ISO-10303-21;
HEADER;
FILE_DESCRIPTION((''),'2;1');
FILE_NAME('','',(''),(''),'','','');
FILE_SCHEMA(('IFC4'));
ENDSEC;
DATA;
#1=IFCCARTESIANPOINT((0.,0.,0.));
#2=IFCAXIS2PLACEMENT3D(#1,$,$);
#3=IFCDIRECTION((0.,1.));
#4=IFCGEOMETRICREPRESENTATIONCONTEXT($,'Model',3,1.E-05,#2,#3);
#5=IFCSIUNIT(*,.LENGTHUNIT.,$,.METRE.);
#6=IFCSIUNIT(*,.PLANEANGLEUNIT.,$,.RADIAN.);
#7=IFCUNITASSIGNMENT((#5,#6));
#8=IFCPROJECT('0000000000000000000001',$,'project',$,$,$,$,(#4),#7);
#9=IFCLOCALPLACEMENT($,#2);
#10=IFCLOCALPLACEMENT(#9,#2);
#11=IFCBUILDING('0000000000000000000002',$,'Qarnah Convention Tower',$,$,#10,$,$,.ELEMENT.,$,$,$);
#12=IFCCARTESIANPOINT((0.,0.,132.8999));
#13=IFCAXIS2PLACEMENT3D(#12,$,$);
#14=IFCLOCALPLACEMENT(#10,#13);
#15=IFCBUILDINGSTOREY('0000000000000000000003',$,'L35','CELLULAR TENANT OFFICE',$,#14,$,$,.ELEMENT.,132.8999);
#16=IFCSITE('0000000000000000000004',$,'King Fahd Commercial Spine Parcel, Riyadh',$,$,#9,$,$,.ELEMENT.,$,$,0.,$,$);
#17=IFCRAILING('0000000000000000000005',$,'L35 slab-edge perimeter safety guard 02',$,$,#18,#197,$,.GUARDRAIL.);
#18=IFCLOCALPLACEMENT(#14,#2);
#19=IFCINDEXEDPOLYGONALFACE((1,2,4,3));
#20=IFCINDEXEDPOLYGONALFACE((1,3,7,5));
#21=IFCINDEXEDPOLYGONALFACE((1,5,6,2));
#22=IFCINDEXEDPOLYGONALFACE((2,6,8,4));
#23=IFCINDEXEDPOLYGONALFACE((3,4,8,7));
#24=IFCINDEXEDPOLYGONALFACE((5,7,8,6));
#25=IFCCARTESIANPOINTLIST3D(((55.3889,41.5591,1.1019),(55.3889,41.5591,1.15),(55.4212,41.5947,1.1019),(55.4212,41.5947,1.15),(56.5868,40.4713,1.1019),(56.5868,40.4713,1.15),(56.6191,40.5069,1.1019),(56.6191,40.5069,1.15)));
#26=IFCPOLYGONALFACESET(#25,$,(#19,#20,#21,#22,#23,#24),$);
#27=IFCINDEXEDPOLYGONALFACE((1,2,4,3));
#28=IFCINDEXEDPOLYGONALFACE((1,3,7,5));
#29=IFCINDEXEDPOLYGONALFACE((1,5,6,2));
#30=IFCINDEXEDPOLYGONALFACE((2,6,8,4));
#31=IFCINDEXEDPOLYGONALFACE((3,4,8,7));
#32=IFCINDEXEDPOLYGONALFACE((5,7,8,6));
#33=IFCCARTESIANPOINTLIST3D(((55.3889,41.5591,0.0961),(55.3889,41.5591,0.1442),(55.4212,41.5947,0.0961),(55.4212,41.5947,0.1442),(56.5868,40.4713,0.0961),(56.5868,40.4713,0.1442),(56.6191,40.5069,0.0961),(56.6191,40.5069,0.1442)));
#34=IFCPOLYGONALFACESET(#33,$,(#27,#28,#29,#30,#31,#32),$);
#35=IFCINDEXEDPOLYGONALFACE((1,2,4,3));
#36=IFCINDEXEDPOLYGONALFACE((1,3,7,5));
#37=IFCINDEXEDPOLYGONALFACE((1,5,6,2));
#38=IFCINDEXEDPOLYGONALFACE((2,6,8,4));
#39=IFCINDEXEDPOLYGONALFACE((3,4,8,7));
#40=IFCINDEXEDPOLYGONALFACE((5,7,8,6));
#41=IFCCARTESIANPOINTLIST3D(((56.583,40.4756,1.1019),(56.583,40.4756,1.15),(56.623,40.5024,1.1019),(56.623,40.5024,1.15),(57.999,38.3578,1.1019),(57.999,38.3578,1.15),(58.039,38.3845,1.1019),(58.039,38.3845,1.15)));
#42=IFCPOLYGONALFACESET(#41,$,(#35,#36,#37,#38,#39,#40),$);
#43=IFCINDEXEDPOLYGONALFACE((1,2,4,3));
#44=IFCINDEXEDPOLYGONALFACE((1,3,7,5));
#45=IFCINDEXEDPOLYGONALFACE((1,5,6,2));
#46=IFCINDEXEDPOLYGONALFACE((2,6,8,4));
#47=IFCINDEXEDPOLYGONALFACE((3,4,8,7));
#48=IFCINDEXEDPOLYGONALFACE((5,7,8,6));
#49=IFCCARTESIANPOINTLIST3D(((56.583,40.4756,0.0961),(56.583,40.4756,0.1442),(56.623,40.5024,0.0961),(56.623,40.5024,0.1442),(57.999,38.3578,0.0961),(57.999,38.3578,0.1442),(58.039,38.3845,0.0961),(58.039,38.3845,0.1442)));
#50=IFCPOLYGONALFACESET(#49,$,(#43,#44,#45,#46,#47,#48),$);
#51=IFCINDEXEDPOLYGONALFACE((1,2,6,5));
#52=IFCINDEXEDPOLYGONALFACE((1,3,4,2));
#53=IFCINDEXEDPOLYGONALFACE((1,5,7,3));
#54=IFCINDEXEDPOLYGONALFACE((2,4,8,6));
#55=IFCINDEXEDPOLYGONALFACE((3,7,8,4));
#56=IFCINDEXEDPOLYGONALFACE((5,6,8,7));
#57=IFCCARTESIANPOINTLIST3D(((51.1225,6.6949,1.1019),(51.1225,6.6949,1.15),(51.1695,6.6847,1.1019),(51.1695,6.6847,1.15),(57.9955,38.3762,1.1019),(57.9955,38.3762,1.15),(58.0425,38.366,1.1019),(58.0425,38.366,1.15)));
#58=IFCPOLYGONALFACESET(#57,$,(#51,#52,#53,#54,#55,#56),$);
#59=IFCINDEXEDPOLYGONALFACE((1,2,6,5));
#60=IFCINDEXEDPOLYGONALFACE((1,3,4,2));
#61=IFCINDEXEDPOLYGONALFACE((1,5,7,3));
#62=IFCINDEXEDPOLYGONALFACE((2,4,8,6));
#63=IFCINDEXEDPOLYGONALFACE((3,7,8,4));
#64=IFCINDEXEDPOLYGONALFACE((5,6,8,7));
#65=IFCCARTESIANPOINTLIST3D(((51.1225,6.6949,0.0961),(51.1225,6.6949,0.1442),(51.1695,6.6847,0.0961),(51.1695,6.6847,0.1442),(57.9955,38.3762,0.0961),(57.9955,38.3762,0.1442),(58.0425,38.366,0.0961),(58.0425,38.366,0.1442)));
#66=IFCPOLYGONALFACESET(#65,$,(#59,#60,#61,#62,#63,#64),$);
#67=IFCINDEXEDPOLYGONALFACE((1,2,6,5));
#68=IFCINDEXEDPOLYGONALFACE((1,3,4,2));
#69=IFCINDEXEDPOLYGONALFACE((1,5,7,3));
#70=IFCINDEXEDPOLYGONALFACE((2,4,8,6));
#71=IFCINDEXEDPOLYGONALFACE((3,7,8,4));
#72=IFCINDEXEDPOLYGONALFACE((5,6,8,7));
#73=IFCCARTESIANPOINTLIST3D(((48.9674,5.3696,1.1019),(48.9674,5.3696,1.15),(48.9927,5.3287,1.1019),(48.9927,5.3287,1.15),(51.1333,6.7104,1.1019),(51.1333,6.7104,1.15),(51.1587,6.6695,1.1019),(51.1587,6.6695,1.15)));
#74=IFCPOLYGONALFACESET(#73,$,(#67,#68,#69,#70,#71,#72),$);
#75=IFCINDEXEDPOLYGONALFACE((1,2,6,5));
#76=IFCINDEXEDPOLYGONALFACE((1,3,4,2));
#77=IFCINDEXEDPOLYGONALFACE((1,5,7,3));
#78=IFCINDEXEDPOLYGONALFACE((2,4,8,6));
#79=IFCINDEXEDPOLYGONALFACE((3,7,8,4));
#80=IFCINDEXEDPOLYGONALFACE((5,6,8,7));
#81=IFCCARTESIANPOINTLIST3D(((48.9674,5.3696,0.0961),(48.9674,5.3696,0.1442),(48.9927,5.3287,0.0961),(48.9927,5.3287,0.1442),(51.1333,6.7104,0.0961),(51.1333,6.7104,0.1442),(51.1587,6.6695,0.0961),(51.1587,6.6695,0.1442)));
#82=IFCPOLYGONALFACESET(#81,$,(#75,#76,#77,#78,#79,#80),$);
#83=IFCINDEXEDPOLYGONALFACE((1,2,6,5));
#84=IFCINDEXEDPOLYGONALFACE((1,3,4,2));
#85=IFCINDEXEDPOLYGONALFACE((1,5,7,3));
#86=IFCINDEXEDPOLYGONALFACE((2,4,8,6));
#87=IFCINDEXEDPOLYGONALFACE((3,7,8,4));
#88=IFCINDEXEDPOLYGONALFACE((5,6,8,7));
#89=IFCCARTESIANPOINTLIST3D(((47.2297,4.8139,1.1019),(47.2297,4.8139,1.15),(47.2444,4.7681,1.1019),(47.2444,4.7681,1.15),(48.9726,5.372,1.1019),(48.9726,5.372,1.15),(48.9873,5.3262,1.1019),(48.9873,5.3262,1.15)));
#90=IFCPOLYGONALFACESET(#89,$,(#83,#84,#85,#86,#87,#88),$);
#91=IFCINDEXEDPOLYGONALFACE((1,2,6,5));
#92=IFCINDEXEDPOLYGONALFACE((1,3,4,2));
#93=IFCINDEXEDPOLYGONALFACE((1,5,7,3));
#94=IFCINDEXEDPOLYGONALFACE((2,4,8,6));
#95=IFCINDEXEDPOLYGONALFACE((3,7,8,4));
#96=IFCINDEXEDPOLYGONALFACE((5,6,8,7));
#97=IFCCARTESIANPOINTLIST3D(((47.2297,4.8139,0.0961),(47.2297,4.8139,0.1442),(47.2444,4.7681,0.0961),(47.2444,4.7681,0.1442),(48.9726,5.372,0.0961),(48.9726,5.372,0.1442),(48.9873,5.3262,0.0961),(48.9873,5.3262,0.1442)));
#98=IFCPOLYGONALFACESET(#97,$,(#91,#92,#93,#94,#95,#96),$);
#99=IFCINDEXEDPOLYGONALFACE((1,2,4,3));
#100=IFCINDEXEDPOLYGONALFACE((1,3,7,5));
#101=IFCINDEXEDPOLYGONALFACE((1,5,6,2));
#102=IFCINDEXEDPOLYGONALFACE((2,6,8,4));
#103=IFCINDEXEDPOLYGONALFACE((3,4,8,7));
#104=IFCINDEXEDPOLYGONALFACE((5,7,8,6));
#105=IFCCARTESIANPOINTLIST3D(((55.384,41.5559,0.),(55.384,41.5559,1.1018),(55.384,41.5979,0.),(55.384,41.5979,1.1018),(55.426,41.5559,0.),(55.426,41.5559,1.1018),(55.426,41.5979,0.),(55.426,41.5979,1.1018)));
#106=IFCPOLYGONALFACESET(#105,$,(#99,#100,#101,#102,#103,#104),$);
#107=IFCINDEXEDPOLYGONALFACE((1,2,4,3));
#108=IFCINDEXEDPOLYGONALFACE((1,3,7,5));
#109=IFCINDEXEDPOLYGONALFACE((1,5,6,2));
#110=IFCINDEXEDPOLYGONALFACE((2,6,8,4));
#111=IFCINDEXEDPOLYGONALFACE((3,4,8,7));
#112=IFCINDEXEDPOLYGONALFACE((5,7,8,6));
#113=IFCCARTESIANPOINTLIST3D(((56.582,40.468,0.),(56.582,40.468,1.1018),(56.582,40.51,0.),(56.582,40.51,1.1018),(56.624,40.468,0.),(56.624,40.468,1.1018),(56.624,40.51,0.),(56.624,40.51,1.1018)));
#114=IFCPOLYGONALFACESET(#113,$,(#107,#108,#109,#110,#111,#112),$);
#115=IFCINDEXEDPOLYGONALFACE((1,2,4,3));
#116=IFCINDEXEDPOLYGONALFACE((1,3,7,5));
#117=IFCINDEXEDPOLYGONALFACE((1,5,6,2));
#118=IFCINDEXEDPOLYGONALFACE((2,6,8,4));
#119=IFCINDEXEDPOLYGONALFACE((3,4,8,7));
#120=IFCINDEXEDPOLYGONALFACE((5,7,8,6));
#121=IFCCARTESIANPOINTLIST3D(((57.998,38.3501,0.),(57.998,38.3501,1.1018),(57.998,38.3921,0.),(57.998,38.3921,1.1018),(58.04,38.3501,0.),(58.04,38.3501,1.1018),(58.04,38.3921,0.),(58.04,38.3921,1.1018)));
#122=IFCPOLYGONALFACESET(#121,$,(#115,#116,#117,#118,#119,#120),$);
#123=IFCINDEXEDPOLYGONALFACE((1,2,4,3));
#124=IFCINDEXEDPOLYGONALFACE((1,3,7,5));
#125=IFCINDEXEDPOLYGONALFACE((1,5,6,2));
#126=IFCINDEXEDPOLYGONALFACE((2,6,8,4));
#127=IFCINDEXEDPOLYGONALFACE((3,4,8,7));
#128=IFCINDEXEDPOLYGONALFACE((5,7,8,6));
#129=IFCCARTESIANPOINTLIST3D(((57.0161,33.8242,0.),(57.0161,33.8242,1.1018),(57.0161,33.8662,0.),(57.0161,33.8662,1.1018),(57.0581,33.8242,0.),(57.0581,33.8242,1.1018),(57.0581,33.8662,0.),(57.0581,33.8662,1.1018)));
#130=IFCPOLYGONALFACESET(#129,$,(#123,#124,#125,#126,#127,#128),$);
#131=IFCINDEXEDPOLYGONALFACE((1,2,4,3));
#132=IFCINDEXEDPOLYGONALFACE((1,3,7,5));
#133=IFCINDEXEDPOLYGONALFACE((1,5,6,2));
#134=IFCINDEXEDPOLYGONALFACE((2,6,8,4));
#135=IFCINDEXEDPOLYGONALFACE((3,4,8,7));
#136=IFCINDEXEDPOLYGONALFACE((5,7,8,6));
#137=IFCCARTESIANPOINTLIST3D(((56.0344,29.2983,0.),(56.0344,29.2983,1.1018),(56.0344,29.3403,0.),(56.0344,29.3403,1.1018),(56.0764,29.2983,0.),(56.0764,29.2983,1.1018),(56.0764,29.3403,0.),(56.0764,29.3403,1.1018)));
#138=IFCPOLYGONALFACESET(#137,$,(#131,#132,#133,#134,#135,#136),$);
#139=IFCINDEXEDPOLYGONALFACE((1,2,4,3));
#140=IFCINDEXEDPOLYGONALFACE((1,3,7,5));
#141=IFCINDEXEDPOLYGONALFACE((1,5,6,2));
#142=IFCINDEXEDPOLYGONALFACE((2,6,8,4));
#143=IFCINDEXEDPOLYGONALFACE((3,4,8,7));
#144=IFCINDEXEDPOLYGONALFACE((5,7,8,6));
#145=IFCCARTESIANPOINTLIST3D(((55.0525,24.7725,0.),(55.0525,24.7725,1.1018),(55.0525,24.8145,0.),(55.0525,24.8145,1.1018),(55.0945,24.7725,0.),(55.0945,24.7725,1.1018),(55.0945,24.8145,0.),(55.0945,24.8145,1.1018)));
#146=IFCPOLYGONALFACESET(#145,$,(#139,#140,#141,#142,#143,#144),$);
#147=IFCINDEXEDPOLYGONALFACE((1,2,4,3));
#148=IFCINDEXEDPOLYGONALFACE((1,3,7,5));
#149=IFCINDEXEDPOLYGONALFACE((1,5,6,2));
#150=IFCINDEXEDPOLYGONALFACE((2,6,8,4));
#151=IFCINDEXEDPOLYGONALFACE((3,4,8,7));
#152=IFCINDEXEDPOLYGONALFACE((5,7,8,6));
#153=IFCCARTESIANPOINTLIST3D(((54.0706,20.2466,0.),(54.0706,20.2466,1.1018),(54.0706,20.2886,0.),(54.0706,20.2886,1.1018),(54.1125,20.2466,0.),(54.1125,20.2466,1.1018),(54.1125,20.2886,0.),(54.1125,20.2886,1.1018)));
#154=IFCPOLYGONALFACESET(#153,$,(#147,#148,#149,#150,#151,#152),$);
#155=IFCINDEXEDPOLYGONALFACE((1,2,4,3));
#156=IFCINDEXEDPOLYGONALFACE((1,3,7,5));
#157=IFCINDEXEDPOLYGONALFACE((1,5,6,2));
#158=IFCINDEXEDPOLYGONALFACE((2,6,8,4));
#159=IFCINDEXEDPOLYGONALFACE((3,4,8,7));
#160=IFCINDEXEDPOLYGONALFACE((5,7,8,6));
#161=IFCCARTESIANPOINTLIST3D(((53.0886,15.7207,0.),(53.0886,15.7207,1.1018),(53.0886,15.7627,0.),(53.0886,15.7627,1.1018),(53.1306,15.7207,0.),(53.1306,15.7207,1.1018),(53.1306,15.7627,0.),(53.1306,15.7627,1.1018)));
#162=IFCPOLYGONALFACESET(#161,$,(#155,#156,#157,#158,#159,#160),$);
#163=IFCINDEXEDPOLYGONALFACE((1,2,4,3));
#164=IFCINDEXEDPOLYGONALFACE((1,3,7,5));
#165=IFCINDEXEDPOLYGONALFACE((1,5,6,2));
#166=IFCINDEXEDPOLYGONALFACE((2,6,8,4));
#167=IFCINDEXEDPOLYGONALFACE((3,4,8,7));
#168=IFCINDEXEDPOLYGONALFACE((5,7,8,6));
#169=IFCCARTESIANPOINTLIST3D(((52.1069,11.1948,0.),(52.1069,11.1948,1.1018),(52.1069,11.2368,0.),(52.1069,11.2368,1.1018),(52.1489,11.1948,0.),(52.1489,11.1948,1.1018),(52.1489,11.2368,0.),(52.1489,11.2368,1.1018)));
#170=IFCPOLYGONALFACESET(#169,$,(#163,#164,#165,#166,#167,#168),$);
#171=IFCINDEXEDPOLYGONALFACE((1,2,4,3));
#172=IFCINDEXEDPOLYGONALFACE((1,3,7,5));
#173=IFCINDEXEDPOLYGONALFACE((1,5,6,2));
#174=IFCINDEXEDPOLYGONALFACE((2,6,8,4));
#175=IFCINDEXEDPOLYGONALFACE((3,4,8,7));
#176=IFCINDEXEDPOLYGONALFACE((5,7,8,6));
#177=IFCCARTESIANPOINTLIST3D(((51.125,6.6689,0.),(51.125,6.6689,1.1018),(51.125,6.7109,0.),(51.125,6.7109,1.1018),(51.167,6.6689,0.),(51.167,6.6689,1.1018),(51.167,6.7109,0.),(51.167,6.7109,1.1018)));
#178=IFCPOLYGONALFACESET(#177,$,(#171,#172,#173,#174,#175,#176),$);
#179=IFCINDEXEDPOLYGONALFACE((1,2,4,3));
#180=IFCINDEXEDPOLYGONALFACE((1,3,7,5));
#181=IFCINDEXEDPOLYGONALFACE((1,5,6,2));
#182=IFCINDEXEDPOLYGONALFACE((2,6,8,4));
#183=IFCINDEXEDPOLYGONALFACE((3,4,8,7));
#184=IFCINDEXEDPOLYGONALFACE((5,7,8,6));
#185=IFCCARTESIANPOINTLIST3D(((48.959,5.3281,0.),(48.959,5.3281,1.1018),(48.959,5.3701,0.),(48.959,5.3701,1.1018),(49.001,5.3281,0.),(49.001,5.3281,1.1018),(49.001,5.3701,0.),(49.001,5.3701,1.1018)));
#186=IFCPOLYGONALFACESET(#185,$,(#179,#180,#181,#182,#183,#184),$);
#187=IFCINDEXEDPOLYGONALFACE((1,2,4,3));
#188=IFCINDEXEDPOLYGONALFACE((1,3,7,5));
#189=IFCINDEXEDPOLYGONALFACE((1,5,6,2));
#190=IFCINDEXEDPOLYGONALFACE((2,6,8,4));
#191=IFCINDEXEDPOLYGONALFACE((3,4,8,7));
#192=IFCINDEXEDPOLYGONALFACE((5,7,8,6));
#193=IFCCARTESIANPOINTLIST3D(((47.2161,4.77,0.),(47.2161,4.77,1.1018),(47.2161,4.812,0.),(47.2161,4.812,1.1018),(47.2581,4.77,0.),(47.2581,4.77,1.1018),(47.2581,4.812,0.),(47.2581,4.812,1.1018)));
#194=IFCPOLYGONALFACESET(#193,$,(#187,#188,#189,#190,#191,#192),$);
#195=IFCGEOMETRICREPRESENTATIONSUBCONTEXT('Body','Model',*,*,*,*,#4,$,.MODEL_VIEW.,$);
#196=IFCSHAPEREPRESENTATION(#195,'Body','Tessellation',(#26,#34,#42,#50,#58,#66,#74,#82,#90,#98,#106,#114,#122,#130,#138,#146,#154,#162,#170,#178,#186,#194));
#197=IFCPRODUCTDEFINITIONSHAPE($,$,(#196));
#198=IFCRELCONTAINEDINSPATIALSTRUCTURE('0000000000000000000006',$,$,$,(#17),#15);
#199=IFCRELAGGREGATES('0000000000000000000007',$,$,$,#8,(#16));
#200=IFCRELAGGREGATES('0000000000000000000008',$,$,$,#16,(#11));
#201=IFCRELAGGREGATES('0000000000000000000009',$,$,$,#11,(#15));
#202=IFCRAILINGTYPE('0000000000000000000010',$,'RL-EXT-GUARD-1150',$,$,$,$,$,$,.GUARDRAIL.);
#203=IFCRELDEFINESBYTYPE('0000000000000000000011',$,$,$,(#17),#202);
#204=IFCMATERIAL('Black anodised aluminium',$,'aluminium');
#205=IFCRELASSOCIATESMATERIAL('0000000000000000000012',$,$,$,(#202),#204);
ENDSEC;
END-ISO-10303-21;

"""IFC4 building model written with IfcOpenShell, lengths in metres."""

from ifc_helpers import new_model, si_unit, direction, frame, origin, origin_2d, place, context, subcontext, project, spatial, rectangle, extrude, material, type_object, element, save


model = new_model("IFC4")

# Units and contexts
model_context = context("Model", 3, precision=1e-05, world=origin(), true_north=direction((0.0, 1.0)))
body_context = subcontext(model_context, "Body", "Model", "MODEL_VIEW")
ifc_project = project(units=[si_unit("LENGTHUNIT", "METRE"), si_unit("PLANEANGLEUNIT", "RADIAN")], contexts=[model_context])

# Site, building, storey
site_placement = place(None, origin())
site = spatial("IfcSite", under=ifc_project, at=site_placement, Name="King Fahd Commercial Spine Parcel, Riyadh", CompositionType="ELEMENT", RefElevation=0.0)
building_placement = place(site_placement, origin())
building = spatial("IfcBuilding", under=site, at=building_placement, Name="Qarnah Convention Tower", CompositionType="ELEMENT")
storey_placement = place(building_placement, frame((0.0, 0.0, 132.8999)))
storey = spatial("IfcBuildingStorey", under=building, at=storey_placement, Name="L35", Description="CELLULAR TENANT OFFICE", CompositionType="ELEMENT", Elevation=132.8999)

# Shared definitions
ifc_material_1 = material(Name="Black anodised aluminium", Category="aluminium")

# Railing
railing_type = type_object("IfcRailingType", Name="RL-EXT-GUARD-1150", PredefinedType="GUARDRAIL", material=ifc_material_1)
railing_1_placement = place(storey_placement, frame((55.405, 41.5769, 0.0)))
element("IfcRailing", 1, at=railing_1_placement, inside=storey, type_object=railing_type, Name="L35 slab-edge perimeter safety guard 02", PredefinedType="GUARDRAIL", context=body_context, shape_type="SweptSolid", body=[
    extrude(rectangle(XDim=0.0481, YDim=0.0481, at=origin_2d()), frame((0.0, 0.0, 1.126), z_axis=(0.740309, -0.672267, 0.0), x_axis=(0.672267, 0.740309, 0.0)), (0.0, 0.0, 1.0), 1.6182),
    extrude(rectangle(XDim=0.0481, YDim=0.0481, at=origin_2d()), frame((0.0, 0.0, 0.1201), z_axis=(0.740309, -0.672267, 0.0), x_axis=(0.672267, 0.740309, 0.0)), (0.0, 0.0, 1.0), 1.6182),
    extrude(rectangle(XDim=0.0481, YDim=0.0481, at=origin_2d()), frame((1.198, -1.0879, 1.126), z_axis=(0.555805, -0.831312, 0.0), x_axis=(0.831312, 0.555805, 0.0)), (0.0, 0.0, 1.0), 2.5476),
    extrude(rectangle(XDim=0.0481, YDim=0.0481, at=origin_2d()), frame((1.198, -1.0879, 0.1201), z_axis=(0.555805, -0.831312, 0.0), x_axis=(0.831312, 0.555805, 0.0)), (0.0, 0.0, 1.0), 2.5476),
    extrude(rectangle(XDim=0.0481, YDim=0.0481, at=origin_2d()), frame((2.614, -3.2058, 1.126), z_axis=(-0.212013, -0.977267, 0.0), x_axis=(0.977267, -0.212013, 0.0)), (0.0, 0.0, 1.0), 32.4182),
    extrude(rectangle(XDim=0.0481, YDim=0.0481, at=origin_2d()), frame((2.614, -3.2058, 0.1201), z_axis=(-0.212013, -0.977267, 0.0), x_axis=(0.977267, -0.212013, 0.0)), (0.0, 0.0, 1.0), 32.4182),
    extrude(rectangle(XDim=0.0481, YDim=0.0481, at=origin_2d()), frame((-4.259, -34.887, 1.126), z_axis=(-0.850273, -0.526341, 0.0), x_axis=(0.526341, -0.850273, 0.0)), (0.0, 0.0, 1.0), 2.5474),
    extrude(rectangle(XDim=0.0481, YDim=0.0481, at=origin_2d()), frame((-4.259, -34.887, 0.1201), z_axis=(-0.850273, -0.526341, 0.0), x_axis=(0.526341, -0.850273, 0.0)), (0.0, 0.0, 1.0), 2.5474),
    extrude(rectangle(XDim=0.0481, YDim=0.0481, at=origin_2d()), frame((-6.425, -36.2278, 1.126), z_axis=(-0.952365, -0.30496, 0.0), x_axis=(0.30496, -0.952365, 0.0)), (0.0, 0.0, 1.0), 1.8301),
    extrude(rectangle(XDim=0.0481, YDim=0.0481, at=origin_2d()), frame((-6.425, -36.2278, 0.1201), z_axis=(-0.952365, -0.30496, 0.0), x_axis=(0.30496, -0.952365, 0.0)), (0.0, 0.0, 1.0), 1.8301),
    extrude(rectangle(XDim=0.042, YDim=0.042, at=origin_2d()), origin(), (0.0, 0.0, 1.0), 1.1018),
    extrude(rectangle(XDim=0.042, YDim=0.042, at=origin_2d()), frame((1.198, -1.0879, 0.0)), (0.0, 0.0, 1.0), 1.1018),
    extrude(rectangle(XDim=0.042, YDim=0.042, at=origin_2d()), frame((2.614, -3.2058, 0.0)), (0.0, 0.0, 1.0), 1.1018),
    extrude(rectangle(XDim=0.042, YDim=0.042, at=origin_2d()), frame((1.6321, -7.7317, 0.0)), (0.0, 0.0, 1.0), 1.1018),
    extrude(rectangle(XDim=0.042, YDim=0.042, at=origin_2d()), frame((0.6504, -12.2576, 0.0)), (0.0, 0.0, 1.0), 1.1018),
    extrude(rectangle(XDim=0.042, YDim=0.042, at=origin_2d()), frame((-0.3315, -16.7834, 0.0)), (0.0, 0.0, 1.0), 1.1018),
    extrude(rectangle(XDim=0.042, YDim=0.042, at=origin_2d()), frame((-1.3135, -21.3093, 0.0)), (0.0, 0.0, 1.0), 1.1018),
    extrude(rectangle(XDim=0.042, YDim=0.042, at=origin_2d()), frame((-2.2954, -25.8352, 0.0)), (0.0, 0.0, 1.0), 1.1018),
    extrude(rectangle(XDim=0.042, YDim=0.042, at=origin_2d()), frame((-3.2771, -30.3611, 0.0)), (0.0, 0.0, 1.0), 1.1018),
    extrude(rectangle(XDim=0.042, YDim=0.042, at=origin_2d()), frame((-4.259, -34.887, 0.0)), (0.0, 0.0, 1.0), 1.1018),
    extrude(rectangle(XDim=0.042, YDim=0.042, at=origin_2d()), frame((-6.425, -36.2278, 0.0)), (0.0, 0.0, 1.0), 1.1018),
    extrude(rectangle(XDim=0.042, YDim=0.042, at=origin_2d()), frame((-8.168, -36.7859, 0.0)), (0.0, 0.0, 1.0), 1.1018),
])

save(model, "model.ifc")
